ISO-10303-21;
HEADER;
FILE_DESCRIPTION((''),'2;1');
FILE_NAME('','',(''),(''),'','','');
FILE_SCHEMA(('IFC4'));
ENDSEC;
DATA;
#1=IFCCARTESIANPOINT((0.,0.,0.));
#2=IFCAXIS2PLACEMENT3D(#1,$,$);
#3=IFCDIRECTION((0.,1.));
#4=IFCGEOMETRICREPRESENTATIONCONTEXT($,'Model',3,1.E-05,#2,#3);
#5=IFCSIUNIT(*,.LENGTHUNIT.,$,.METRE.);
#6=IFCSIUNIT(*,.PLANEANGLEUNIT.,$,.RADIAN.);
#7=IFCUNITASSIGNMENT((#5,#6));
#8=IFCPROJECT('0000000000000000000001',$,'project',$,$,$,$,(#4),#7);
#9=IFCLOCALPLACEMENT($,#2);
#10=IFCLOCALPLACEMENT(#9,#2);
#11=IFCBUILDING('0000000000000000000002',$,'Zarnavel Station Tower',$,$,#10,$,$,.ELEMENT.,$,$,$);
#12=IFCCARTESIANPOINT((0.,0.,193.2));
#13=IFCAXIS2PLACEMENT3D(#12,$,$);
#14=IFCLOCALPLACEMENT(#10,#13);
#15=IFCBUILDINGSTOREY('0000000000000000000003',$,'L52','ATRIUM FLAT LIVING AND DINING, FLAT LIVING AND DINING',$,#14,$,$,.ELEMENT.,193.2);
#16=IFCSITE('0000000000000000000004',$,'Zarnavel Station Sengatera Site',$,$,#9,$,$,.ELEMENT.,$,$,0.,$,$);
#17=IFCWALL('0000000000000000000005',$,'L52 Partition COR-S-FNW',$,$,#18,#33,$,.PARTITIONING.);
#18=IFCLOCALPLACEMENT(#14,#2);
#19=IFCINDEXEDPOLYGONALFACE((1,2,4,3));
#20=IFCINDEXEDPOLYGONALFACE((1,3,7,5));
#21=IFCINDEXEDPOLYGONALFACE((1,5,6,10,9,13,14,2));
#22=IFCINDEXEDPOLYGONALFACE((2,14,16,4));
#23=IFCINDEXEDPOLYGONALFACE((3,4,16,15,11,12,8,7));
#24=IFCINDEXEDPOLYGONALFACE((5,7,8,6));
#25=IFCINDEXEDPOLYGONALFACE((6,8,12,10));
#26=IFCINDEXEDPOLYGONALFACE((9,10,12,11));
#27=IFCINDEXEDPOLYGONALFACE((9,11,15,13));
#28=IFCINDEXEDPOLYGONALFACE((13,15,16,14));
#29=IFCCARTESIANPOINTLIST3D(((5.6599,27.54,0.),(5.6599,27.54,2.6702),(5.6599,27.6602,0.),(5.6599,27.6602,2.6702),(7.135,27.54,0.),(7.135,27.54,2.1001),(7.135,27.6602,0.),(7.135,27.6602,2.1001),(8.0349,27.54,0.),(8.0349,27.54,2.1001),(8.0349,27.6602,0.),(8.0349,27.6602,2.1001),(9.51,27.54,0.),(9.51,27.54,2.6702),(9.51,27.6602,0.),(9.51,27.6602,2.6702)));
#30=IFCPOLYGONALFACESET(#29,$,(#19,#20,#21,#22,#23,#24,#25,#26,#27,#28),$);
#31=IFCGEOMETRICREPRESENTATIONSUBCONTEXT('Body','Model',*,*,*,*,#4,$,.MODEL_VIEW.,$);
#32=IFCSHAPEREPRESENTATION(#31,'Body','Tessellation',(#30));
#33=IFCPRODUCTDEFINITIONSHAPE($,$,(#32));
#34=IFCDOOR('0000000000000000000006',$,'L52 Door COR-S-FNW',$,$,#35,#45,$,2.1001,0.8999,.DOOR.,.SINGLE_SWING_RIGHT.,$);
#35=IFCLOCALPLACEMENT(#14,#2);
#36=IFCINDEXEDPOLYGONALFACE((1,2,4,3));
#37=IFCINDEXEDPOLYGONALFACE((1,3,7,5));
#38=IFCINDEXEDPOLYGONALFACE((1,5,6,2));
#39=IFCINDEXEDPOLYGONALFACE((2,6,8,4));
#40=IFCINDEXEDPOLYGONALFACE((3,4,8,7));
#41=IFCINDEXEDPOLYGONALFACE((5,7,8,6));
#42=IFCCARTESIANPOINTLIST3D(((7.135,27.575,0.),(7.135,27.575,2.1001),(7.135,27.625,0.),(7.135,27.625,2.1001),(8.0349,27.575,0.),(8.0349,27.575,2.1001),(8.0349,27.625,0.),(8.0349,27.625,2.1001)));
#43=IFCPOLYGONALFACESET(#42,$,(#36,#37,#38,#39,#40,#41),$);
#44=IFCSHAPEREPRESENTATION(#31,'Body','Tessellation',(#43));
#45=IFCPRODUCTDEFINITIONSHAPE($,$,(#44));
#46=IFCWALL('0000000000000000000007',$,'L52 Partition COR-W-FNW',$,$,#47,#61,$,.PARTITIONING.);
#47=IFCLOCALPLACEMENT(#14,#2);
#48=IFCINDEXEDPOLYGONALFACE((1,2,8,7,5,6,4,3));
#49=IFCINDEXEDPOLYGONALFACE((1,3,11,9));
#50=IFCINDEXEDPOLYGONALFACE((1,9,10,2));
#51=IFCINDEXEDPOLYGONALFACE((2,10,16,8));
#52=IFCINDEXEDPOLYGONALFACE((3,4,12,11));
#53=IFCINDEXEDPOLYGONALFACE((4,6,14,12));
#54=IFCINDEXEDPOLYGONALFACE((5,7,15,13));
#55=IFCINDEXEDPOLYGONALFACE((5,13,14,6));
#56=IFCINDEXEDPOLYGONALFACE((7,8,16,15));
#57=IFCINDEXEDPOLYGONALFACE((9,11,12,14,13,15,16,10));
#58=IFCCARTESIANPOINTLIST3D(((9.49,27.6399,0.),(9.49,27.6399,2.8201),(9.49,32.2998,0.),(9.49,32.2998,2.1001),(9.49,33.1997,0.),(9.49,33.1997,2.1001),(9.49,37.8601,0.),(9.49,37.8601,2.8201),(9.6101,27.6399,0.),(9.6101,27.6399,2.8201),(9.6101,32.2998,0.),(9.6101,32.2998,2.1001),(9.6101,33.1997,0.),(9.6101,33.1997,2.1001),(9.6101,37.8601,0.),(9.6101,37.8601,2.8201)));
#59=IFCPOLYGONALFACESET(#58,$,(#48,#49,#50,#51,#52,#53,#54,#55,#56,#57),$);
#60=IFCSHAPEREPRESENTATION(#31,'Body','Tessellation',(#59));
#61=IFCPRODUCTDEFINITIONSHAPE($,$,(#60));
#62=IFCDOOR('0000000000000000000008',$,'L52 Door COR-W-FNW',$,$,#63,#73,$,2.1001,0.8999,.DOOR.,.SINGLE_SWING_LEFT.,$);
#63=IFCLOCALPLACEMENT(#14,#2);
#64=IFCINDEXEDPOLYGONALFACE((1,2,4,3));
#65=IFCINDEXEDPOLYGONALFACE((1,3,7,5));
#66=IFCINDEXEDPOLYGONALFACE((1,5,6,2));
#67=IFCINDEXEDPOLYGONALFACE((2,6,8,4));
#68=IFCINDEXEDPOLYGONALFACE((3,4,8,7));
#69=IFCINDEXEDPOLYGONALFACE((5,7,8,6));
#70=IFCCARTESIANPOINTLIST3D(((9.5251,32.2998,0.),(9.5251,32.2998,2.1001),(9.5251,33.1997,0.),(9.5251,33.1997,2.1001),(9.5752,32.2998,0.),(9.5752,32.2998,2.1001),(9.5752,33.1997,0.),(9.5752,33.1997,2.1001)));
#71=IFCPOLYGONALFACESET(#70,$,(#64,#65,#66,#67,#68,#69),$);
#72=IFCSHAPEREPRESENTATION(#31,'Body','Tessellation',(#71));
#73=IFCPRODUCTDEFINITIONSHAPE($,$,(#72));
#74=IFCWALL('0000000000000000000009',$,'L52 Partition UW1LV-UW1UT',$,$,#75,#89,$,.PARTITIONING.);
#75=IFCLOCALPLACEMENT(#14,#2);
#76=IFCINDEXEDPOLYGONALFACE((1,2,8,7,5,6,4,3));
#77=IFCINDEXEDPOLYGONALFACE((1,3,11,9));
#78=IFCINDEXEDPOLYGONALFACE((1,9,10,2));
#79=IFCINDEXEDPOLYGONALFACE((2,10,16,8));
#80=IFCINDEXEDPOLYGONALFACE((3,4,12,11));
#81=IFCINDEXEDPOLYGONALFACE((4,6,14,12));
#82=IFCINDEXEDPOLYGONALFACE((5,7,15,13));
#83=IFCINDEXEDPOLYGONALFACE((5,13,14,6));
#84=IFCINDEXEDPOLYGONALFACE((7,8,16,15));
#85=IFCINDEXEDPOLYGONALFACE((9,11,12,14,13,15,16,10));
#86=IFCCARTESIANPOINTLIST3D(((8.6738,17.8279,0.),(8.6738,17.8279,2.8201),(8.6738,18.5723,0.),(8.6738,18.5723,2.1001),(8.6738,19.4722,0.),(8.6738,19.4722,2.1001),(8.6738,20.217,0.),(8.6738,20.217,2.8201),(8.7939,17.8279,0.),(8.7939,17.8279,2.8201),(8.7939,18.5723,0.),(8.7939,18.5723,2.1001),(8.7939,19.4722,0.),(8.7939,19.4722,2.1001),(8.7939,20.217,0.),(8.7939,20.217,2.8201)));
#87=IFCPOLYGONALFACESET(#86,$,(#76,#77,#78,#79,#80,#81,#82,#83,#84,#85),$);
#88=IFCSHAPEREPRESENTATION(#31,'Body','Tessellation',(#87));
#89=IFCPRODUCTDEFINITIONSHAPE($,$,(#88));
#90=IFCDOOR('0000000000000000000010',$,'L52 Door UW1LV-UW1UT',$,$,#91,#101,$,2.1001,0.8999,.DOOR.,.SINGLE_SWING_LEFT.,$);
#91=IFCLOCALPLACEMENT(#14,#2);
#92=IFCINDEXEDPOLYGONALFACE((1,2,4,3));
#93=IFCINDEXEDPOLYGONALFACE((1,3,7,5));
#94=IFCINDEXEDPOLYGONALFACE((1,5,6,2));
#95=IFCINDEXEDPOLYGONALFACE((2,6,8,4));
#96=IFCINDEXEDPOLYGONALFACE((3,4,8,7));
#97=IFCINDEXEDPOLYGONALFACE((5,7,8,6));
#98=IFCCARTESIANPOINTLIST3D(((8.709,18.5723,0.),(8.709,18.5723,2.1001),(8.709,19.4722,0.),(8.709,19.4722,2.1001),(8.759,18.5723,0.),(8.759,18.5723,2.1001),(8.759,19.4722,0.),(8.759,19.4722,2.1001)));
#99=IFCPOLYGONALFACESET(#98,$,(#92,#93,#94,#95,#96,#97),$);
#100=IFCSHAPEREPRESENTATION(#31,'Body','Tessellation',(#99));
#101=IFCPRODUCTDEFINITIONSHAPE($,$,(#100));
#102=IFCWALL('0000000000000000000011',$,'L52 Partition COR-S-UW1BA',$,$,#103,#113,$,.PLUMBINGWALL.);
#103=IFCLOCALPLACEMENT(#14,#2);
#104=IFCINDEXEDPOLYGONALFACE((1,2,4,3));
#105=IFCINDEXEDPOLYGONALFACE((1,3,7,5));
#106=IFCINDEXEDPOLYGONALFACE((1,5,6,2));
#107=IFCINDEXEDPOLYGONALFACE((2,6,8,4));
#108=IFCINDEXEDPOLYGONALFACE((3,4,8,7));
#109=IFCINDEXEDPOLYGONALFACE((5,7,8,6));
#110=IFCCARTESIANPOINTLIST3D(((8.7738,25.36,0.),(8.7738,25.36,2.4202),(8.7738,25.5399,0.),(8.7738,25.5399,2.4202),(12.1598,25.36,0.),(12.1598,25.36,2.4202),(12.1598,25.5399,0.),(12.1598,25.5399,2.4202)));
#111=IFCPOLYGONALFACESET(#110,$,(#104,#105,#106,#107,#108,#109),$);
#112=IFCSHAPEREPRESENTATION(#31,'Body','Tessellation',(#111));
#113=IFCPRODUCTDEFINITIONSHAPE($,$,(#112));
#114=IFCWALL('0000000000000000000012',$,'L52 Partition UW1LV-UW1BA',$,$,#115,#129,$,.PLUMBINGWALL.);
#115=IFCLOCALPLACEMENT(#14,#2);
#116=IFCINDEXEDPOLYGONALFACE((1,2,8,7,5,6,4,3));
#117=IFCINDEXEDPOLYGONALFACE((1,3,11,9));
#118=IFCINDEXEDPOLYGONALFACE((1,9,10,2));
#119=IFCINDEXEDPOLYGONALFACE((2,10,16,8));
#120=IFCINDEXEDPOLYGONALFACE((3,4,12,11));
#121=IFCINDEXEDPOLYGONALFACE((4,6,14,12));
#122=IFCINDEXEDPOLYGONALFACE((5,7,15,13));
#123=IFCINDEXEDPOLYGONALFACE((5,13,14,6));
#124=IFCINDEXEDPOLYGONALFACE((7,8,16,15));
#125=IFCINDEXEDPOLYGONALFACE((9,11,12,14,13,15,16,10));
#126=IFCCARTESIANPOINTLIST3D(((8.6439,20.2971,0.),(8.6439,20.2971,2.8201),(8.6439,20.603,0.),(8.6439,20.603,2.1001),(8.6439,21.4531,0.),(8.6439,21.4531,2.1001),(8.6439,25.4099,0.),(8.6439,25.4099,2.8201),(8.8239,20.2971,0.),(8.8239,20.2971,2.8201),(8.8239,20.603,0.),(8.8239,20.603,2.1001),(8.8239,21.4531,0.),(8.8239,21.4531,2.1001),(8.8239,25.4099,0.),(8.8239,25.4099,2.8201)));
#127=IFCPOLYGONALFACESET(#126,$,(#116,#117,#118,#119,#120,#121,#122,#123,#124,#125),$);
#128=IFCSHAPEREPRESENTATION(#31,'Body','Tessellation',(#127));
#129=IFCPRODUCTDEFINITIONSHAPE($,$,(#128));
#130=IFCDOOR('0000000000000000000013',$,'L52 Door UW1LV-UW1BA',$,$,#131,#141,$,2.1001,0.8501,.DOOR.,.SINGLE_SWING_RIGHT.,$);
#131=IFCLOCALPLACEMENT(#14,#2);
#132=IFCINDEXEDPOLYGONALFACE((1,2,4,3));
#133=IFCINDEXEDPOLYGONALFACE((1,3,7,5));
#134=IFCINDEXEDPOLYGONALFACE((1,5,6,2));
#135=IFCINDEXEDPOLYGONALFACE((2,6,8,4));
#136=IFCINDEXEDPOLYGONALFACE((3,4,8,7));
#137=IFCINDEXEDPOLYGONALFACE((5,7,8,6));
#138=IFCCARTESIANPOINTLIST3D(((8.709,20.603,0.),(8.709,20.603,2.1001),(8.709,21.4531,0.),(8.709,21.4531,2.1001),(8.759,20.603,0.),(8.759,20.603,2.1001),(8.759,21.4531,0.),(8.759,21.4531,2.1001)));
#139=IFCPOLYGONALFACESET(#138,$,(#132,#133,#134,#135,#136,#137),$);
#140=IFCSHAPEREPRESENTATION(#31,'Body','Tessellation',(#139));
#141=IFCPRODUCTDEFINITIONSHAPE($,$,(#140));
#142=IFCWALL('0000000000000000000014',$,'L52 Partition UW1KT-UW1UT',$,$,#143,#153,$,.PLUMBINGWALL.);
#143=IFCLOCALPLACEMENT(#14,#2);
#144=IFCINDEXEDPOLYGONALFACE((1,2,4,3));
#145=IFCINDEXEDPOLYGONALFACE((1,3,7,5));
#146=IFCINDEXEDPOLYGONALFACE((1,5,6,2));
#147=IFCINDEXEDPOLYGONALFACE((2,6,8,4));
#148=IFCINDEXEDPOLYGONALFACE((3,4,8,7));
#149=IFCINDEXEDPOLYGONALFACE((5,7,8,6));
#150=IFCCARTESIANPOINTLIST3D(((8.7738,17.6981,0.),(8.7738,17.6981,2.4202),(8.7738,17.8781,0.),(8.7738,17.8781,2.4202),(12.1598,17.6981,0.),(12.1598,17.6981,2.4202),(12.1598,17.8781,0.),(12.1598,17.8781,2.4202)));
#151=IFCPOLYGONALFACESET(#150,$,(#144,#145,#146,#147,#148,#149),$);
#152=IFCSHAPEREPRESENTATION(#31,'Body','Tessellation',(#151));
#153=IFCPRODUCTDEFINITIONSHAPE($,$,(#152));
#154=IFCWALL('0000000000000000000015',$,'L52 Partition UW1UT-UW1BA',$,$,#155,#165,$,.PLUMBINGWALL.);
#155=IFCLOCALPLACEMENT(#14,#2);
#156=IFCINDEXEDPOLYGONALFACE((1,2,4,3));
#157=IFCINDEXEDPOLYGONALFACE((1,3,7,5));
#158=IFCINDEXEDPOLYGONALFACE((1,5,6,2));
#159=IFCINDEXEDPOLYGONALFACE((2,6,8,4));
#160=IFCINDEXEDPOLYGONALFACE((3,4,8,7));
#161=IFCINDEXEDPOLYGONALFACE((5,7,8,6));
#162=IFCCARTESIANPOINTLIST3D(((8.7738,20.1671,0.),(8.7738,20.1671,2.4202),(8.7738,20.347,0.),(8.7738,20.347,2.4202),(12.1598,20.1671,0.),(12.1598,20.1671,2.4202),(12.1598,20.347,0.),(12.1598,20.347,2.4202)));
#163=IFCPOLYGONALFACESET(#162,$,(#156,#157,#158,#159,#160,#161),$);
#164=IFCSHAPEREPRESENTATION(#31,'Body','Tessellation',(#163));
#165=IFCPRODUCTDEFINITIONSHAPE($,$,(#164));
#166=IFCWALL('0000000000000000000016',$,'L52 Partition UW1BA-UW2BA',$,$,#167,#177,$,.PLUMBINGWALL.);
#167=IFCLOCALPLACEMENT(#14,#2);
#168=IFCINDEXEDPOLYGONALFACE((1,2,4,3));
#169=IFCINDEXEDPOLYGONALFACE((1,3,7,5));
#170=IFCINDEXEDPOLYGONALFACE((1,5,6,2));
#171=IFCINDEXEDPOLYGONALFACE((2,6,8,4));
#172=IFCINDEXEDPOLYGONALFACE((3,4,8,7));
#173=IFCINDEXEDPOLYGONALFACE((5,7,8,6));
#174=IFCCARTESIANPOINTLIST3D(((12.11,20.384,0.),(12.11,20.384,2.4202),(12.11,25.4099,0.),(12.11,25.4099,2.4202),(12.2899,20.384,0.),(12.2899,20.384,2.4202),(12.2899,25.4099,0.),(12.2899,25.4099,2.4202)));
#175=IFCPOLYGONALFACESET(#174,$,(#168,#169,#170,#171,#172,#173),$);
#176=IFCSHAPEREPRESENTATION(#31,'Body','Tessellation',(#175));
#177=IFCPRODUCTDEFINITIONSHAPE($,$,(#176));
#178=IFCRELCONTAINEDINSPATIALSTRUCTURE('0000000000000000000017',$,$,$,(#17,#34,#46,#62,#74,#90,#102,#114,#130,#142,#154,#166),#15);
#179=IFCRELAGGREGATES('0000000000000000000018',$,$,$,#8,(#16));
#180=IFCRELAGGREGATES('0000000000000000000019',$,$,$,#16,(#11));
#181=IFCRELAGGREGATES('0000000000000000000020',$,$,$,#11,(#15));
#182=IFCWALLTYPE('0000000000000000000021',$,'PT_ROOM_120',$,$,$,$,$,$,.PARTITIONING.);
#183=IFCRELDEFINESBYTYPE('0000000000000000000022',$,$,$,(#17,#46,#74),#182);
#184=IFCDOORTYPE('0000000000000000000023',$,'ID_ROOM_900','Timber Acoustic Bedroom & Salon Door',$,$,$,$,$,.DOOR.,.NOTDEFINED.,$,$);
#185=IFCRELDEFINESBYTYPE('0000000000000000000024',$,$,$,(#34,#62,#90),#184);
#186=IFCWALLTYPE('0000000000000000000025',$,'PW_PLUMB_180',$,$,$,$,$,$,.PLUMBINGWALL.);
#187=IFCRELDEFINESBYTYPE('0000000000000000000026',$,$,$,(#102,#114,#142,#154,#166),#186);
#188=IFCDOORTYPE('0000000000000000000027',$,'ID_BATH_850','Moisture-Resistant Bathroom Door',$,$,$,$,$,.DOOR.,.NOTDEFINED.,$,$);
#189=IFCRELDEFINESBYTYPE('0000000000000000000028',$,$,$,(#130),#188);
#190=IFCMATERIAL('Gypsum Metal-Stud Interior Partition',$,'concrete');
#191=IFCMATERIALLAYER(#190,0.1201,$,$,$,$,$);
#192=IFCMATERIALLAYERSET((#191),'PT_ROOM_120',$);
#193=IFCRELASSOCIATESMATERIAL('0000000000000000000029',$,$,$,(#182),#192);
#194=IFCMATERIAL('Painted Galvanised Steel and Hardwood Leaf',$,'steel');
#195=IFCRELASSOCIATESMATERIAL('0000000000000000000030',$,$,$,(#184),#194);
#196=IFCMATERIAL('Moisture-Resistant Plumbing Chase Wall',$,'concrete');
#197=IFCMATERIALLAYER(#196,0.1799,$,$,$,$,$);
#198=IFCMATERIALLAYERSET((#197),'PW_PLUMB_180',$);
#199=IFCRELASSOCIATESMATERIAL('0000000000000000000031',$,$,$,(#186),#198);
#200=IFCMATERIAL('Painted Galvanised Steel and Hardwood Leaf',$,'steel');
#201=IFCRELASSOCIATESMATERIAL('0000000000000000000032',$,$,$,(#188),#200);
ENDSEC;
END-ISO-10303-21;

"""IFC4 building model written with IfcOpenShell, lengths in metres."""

from ifc_helpers import new_model, si_unit, direction, frame, frame_2d, origin, place, context, subcontext, project, spatial, rectangle, extrude, material, layer, layer_set, type_object, element, fill, save


model = new_model("IFC4")

# Units and contexts
model_context = context("Model", 3, precision=1e-05, world=origin(), true_north=direction((0.0, 1.0)))
body_context = subcontext(model_context, "Body", "Model", "MODEL_VIEW")
ifc_project = project(units=[si_unit("LENGTHUNIT", "METRE"), si_unit("PLANEANGLEUNIT", "RADIAN")], contexts=[model_context])

# Site, building, storey
site_placement = place(None, origin())
site = spatial("IfcSite", under=ifc_project, at=site_placement, Name="Zarnavel Station Sengatera Site", CompositionType="ELEMENT", RefElevation=0.0)
building_placement = place(site_placement, origin())
building = spatial("IfcBuilding", under=site, at=building_placement, Name="Zarnavel Station Tower", CompositionType="ELEMENT")
storey_placement = place(building_placement, frame((0.0, 0.0, 193.2)))
storey = spatial("IfcBuildingStorey", under=building, at=storey_placement, Name="L52", Description="ATRIUM FLAT LIVING AND DINING, FLAT LIVING AND DINING", CompositionType="ELEMENT", Elevation=193.2)

# Walls, openings, doors
ifc_material_1 = material(Name="Gypsum Metal-Stud Interior Partition", Category="concrete")
ifc_layer_1 = layer(ifc_material_1, 0.1201)
ifc_layer_set_1 = layer_set([ifc_layer_1], Name="PT_ROOM_120")
wall_type_1 = type_object("IfcWallType", Name="PT_ROOM_120", PredefinedType="PARTITIONING", material=ifc_layer_set_1)
wall_1_placement = place(storey_placement, frame((5.6599, 27.6001, 0.0), z_axis=(0.0, 0.0, 1.0), x_axis=(1.0, 0.0, 0.0)))
wall_1 = element("IfcWall", 1, at=wall_1_placement, inside=storey, type_object=wall_type_1, Name="L52 Partition COR-S-FNW", PredefinedType="PARTITIONING", context=body_context, shape_type="SweptSolid", body=[
    extrude(rectangle(XDim=3.8501, YDim=0.1201, at=frame_2d((1.925, 0.0))), origin(), (0.0, 0.0, 1.0), 2.6702),
])
opening_1_placement = place(wall_1_placement, frame((1.4751, 0.0, 0.0)))
opening_1 = element("IfcOpeningElement", 2, at=opening_1_placement, cuts=wall_1, PredefinedType="OPENING", context=body_context, shape_type="SweptSolid", body=[
    extrude(rectangle(XDim=0.8999, YDim=2.1001, at=frame_2d((0.45, 1.05))), frame((0.0, 0.0701, 0.0), z_axis=(0.0, -1.0, 0.0), x_axis=(1.0, 0.0, 0.0)), (0.0, 0.0, 1.0), 0.1401),
])
ifc_material_2 = material(Name="Painted Galvanised Steel and Hardwood Leaf", Category="steel")
door_type_1 = type_object("IfcDoorType", Name="ID_ROOM_900", Description="Timber Acoustic Bedroom & Salon Door", OperationType="NOTDEFINED", PredefinedType="DOOR", material=ifc_material_2)
door_1_placement = place(opening_1_placement, origin())
door_1 = element("IfcDoor", 3, at=door_1_placement, inside=storey, type_object=door_type_1, Name="L52 Door COR-S-FNW", OperationType="SINGLE_SWING_RIGHT", OverallHeight=2.1001, OverallWidth=0.8999, PredefinedType="DOOR", context=body_context, shape_type="SweptSolid", body=[
    extrude(rectangle(XDim=0.8999, YDim=2.1001, at=frame_2d((0.45, 1.05))), frame((0.0, 0.0249, 0.0), z_axis=(0.0, -1.0, 0.0), x_axis=(1.0, 0.0, 0.0)), (0.0, 0.0, 1.0), 0.05),
])
fill(opening_1, door_1)
wall_2_placement = place(storey_placement, frame((9.55, 27.6399, 0.0), z_axis=(0.0, 0.0, 1.0), x_axis=(0.0, 1.0, 0.0)))
wall_2 = element("IfcWall", 4, at=wall_2_placement, inside=storey, type_object=wall_type_1, Name="L52 Partition COR-W-FNW", PredefinedType="PARTITIONING", context=body_context, shape_type="SweptSolid", body=[
    extrude(rectangle(XDim=10.2202, YDim=0.1201, at=frame_2d((5.1101, 0.0))), origin(), (0.0, 0.0, 1.0), 2.8201),
])
opening_2_placement = place(wall_2_placement, frame((4.6599, 0.0, 0.0)))
opening_2 = element("IfcOpeningElement", 5, at=opening_2_placement, cuts=wall_2, PredefinedType="OPENING", context=body_context, shape_type="SweptSolid", body=[
    extrude(rectangle(XDim=0.8999, YDim=2.1001, at=frame_2d((0.45, 1.05))), frame((0.0, 0.0701, 0.0), z_axis=(0.0, -1.0, 0.0), x_axis=(1.0, 0.0, 0.0)), (0.0, 0.0, 1.0), 0.1401),
])
door_2_placement = place(opening_2_placement, origin())
door_2 = element("IfcDoor", 6, at=door_2_placement, inside=storey, type_object=door_type_1, Name="L52 Door COR-W-FNW", OperationType="SINGLE_SWING_LEFT", OverallHeight=2.1001, OverallWidth=0.8999, PredefinedType="DOOR", context=body_context, shape_type="SweptSolid", body=[
    extrude(rectangle(XDim=0.8999, YDim=2.1001, at=frame_2d((0.45, 1.05))), frame((0.0, 0.0249, 0.0), z_axis=(0.0, -1.0, 0.0), x_axis=(1.0, 0.0, 0.0)), (0.0, 0.0, 1.0), 0.05),
])
fill(opening_2, door_2)
wall_3_placement = place(storey_placement, frame((8.7339, 17.8279, 0.0), z_axis=(0.0, 0.0, 1.0), x_axis=(0.0, 1.0, 0.0)))
wall_3 = element("IfcWall", 7, at=wall_3_placement, inside=storey, type_object=wall_type_1, Name="L52 Partition UW1LV-UW1UT", PredefinedType="PARTITIONING", context=body_context, shape_type="SweptSolid", body=[
    extrude(rectangle(XDim=2.3892, YDim=0.1201, at=frame_2d((1.1946, 0.0))), origin(), (0.0, 0.0, 1.0), 2.8201),
])
opening_3_placement = place(wall_3_placement, frame((0.7444, 0.0, 0.0)))
opening_3 = element("IfcOpeningElement", 8, at=opening_3_placement, cuts=wall_3, PredefinedType="OPENING", context=body_context, shape_type="SweptSolid", body=[
    extrude(rectangle(XDim=0.8999, YDim=2.1001, at=frame_2d((0.45, 1.05))), frame((0.0, 0.0701, 0.0), z_axis=(0.0, -1.0, 0.0), x_axis=(1.0, 0.0, 0.0)), (0.0, 0.0, 1.0), 0.1401),
])
door_3_placement = place(opening_3_placement, origin())
door_3 = element("IfcDoor", 9, at=door_3_placement, inside=storey, type_object=door_type_1, Name="L52 Door UW1LV-UW1UT", OperationType="SINGLE_SWING_LEFT", OverallHeight=2.1001, OverallWidth=0.8999, PredefinedType="DOOR", context=body_context, shape_type="SweptSolid", body=[
    extrude(rectangle(XDim=0.8999, YDim=2.1001, at=frame_2d((0.45, 1.05))), frame((0.0, 0.0249, 0.0), z_axis=(0.0, -1.0, 0.0), x_axis=(1.0, 0.0, 0.0)), (0.0, 0.0, 1.0), 0.05),
])
fill(opening_3, door_3)

# Wall
ifc_material_3 = material(Name="Moisture-Resistant Plumbing Chase Wall", Category="concrete")
ifc_layer_2 = layer(ifc_material_3, 0.1799)
ifc_layer_set_2 = layer_set([ifc_layer_2], Name="PW_PLUMB_180")
wall_type_2 = type_object("IfcWallType", Name="PW_PLUMB_180", PredefinedType="PLUMBINGWALL", material=ifc_layer_set_2)
wall_4_placement = place(storey_placement, frame((8.7739, 25.45, 0.0), z_axis=(0.0, 0.0, 1.0), x_axis=(1.0, 0.0, 0.0)))
element("IfcWall", 10, at=wall_4_placement, inside=storey, type_object=wall_type_2, Name="L52 Partition COR-S-UW1BA", PredefinedType="PLUMBINGWALL", context=body_context, shape_type="SweptSolid", body=[
    extrude(rectangle(XDim=3.386, YDim=0.1799, at=frame_2d((1.6929, 0.0))), origin(), (0.0, 0.0, 1.0), 2.4202),
])

# Wall, opening, door
wall_5_placement = place(storey_placement, frame((8.7339, 20.2971, 0.0), z_axis=(0.0, 0.0, 1.0), x_axis=(0.0, 1.0, 0.0)))
wall_5 = element("IfcWall", 11, at=wall_5_placement, inside=storey, type_object=wall_type_2, Name="L52 Partition UW1LV-UW1BA", PredefinedType="PLUMBINGWALL", context=body_context, shape_type="SweptSolid", body=[
    extrude(rectangle(XDim=5.1128, YDim=0.1799, at=frame_2d((2.5564, 0.0))), origin(), (0.0, 0.0, 1.0), 2.8201),
])
opening_4_placement = place(wall_5_placement, frame((0.3059, 0.0, 0.0)))
opening_4 = element("IfcOpeningElement", 12, at=opening_4_placement, cuts=wall_5, PredefinedType="OPENING", context=body_context, shape_type="SweptSolid", body=[
    extrude(rectangle(XDim=0.8501, YDim=2.1001, at=frame_2d((0.425, 1.05))), frame((0.0, 0.0999, 0.0), z_axis=(0.0, -1.0, 0.0), x_axis=(1.0, 0.0, 0.0)), (0.0, 0.0, 1.0), 0.2),
])
ifc_material_4 = material(Name="Painted Galvanised Steel and Hardwood Leaf", Category="steel")
door_type_2 = type_object("IfcDoorType", Name="ID_BATH_850", Description="Moisture-Resistant Bathroom Door", OperationType="NOTDEFINED", PredefinedType="DOOR", material=ifc_material_4)
door_4_placement = place(opening_4_placement, origin())
door_4 = element("IfcDoor", 13, at=door_4_placement, inside=storey, type_object=door_type_2, Name="L52 Door UW1LV-UW1BA", OperationType="SINGLE_SWING_RIGHT", OverallHeight=2.1001, OverallWidth=0.8501, PredefinedType="DOOR", context=body_context, shape_type="SweptSolid", body=[
    extrude(rectangle(XDim=0.8501, YDim=2.1001, at=frame_2d((0.425, 1.05))), frame((0.0, 0.0249, 0.0), z_axis=(0.0, -1.0, 0.0), x_axis=(1.0, 0.0, 0.0)), (0.0, 0.0, 1.0), 0.05),
])
fill(opening_4, door_4)

# Walls
for number, where, z_axis, x_axis, name in (
    (14, (8.7739, 17.7881, 0.0), (0.0, 0.0, 1.0), (1.0, 0.0, 0.0), "L52 Partition UW1KT-UW1UT"),
    (15, (8.7739, 20.2571, 0.0), (0.0, 0.0, 1.0), (1.0, 0.0, 0.0), "L52 Partition UW1UT-UW1BA"),
):
    element("IfcWall", number, at=place(storey_placement, frame(where, z_axis=z_axis, x_axis=x_axis)), inside=storey, type_object=wall_type_2, Name=name, PredefinedType="PLUMBINGWALL", context=body_context, shape_type="SweptSolid", body=[
        extrude(rectangle(XDim=3.386, YDim=0.1799, at=frame_2d((1.6929, 0.0))), origin(), (0.0, 0.0, 1.0), 2.4202),
    ])
wall_6_placement = place(storey_placement, frame((12.2, 20.384, 0.0), z_axis=(0.0, 0.0, 1.0), x_axis=(0.0, 1.0, 0.0)))
element("IfcWall", 16, at=wall_6_placement, inside=storey, type_object=wall_type_2, Name="L52 Partition UW1BA-UW2BA", PredefinedType="PLUMBINGWALL", context=body_context, shape_type="SweptSolid", body=[
    extrude(rectangle(XDim=5.0259, YDim=0.1799, at=frame_2d((2.5129, 0.0))), origin(), (0.0, 0.0, 1.0), 2.4202),
])

save(model, "model.ifc")
